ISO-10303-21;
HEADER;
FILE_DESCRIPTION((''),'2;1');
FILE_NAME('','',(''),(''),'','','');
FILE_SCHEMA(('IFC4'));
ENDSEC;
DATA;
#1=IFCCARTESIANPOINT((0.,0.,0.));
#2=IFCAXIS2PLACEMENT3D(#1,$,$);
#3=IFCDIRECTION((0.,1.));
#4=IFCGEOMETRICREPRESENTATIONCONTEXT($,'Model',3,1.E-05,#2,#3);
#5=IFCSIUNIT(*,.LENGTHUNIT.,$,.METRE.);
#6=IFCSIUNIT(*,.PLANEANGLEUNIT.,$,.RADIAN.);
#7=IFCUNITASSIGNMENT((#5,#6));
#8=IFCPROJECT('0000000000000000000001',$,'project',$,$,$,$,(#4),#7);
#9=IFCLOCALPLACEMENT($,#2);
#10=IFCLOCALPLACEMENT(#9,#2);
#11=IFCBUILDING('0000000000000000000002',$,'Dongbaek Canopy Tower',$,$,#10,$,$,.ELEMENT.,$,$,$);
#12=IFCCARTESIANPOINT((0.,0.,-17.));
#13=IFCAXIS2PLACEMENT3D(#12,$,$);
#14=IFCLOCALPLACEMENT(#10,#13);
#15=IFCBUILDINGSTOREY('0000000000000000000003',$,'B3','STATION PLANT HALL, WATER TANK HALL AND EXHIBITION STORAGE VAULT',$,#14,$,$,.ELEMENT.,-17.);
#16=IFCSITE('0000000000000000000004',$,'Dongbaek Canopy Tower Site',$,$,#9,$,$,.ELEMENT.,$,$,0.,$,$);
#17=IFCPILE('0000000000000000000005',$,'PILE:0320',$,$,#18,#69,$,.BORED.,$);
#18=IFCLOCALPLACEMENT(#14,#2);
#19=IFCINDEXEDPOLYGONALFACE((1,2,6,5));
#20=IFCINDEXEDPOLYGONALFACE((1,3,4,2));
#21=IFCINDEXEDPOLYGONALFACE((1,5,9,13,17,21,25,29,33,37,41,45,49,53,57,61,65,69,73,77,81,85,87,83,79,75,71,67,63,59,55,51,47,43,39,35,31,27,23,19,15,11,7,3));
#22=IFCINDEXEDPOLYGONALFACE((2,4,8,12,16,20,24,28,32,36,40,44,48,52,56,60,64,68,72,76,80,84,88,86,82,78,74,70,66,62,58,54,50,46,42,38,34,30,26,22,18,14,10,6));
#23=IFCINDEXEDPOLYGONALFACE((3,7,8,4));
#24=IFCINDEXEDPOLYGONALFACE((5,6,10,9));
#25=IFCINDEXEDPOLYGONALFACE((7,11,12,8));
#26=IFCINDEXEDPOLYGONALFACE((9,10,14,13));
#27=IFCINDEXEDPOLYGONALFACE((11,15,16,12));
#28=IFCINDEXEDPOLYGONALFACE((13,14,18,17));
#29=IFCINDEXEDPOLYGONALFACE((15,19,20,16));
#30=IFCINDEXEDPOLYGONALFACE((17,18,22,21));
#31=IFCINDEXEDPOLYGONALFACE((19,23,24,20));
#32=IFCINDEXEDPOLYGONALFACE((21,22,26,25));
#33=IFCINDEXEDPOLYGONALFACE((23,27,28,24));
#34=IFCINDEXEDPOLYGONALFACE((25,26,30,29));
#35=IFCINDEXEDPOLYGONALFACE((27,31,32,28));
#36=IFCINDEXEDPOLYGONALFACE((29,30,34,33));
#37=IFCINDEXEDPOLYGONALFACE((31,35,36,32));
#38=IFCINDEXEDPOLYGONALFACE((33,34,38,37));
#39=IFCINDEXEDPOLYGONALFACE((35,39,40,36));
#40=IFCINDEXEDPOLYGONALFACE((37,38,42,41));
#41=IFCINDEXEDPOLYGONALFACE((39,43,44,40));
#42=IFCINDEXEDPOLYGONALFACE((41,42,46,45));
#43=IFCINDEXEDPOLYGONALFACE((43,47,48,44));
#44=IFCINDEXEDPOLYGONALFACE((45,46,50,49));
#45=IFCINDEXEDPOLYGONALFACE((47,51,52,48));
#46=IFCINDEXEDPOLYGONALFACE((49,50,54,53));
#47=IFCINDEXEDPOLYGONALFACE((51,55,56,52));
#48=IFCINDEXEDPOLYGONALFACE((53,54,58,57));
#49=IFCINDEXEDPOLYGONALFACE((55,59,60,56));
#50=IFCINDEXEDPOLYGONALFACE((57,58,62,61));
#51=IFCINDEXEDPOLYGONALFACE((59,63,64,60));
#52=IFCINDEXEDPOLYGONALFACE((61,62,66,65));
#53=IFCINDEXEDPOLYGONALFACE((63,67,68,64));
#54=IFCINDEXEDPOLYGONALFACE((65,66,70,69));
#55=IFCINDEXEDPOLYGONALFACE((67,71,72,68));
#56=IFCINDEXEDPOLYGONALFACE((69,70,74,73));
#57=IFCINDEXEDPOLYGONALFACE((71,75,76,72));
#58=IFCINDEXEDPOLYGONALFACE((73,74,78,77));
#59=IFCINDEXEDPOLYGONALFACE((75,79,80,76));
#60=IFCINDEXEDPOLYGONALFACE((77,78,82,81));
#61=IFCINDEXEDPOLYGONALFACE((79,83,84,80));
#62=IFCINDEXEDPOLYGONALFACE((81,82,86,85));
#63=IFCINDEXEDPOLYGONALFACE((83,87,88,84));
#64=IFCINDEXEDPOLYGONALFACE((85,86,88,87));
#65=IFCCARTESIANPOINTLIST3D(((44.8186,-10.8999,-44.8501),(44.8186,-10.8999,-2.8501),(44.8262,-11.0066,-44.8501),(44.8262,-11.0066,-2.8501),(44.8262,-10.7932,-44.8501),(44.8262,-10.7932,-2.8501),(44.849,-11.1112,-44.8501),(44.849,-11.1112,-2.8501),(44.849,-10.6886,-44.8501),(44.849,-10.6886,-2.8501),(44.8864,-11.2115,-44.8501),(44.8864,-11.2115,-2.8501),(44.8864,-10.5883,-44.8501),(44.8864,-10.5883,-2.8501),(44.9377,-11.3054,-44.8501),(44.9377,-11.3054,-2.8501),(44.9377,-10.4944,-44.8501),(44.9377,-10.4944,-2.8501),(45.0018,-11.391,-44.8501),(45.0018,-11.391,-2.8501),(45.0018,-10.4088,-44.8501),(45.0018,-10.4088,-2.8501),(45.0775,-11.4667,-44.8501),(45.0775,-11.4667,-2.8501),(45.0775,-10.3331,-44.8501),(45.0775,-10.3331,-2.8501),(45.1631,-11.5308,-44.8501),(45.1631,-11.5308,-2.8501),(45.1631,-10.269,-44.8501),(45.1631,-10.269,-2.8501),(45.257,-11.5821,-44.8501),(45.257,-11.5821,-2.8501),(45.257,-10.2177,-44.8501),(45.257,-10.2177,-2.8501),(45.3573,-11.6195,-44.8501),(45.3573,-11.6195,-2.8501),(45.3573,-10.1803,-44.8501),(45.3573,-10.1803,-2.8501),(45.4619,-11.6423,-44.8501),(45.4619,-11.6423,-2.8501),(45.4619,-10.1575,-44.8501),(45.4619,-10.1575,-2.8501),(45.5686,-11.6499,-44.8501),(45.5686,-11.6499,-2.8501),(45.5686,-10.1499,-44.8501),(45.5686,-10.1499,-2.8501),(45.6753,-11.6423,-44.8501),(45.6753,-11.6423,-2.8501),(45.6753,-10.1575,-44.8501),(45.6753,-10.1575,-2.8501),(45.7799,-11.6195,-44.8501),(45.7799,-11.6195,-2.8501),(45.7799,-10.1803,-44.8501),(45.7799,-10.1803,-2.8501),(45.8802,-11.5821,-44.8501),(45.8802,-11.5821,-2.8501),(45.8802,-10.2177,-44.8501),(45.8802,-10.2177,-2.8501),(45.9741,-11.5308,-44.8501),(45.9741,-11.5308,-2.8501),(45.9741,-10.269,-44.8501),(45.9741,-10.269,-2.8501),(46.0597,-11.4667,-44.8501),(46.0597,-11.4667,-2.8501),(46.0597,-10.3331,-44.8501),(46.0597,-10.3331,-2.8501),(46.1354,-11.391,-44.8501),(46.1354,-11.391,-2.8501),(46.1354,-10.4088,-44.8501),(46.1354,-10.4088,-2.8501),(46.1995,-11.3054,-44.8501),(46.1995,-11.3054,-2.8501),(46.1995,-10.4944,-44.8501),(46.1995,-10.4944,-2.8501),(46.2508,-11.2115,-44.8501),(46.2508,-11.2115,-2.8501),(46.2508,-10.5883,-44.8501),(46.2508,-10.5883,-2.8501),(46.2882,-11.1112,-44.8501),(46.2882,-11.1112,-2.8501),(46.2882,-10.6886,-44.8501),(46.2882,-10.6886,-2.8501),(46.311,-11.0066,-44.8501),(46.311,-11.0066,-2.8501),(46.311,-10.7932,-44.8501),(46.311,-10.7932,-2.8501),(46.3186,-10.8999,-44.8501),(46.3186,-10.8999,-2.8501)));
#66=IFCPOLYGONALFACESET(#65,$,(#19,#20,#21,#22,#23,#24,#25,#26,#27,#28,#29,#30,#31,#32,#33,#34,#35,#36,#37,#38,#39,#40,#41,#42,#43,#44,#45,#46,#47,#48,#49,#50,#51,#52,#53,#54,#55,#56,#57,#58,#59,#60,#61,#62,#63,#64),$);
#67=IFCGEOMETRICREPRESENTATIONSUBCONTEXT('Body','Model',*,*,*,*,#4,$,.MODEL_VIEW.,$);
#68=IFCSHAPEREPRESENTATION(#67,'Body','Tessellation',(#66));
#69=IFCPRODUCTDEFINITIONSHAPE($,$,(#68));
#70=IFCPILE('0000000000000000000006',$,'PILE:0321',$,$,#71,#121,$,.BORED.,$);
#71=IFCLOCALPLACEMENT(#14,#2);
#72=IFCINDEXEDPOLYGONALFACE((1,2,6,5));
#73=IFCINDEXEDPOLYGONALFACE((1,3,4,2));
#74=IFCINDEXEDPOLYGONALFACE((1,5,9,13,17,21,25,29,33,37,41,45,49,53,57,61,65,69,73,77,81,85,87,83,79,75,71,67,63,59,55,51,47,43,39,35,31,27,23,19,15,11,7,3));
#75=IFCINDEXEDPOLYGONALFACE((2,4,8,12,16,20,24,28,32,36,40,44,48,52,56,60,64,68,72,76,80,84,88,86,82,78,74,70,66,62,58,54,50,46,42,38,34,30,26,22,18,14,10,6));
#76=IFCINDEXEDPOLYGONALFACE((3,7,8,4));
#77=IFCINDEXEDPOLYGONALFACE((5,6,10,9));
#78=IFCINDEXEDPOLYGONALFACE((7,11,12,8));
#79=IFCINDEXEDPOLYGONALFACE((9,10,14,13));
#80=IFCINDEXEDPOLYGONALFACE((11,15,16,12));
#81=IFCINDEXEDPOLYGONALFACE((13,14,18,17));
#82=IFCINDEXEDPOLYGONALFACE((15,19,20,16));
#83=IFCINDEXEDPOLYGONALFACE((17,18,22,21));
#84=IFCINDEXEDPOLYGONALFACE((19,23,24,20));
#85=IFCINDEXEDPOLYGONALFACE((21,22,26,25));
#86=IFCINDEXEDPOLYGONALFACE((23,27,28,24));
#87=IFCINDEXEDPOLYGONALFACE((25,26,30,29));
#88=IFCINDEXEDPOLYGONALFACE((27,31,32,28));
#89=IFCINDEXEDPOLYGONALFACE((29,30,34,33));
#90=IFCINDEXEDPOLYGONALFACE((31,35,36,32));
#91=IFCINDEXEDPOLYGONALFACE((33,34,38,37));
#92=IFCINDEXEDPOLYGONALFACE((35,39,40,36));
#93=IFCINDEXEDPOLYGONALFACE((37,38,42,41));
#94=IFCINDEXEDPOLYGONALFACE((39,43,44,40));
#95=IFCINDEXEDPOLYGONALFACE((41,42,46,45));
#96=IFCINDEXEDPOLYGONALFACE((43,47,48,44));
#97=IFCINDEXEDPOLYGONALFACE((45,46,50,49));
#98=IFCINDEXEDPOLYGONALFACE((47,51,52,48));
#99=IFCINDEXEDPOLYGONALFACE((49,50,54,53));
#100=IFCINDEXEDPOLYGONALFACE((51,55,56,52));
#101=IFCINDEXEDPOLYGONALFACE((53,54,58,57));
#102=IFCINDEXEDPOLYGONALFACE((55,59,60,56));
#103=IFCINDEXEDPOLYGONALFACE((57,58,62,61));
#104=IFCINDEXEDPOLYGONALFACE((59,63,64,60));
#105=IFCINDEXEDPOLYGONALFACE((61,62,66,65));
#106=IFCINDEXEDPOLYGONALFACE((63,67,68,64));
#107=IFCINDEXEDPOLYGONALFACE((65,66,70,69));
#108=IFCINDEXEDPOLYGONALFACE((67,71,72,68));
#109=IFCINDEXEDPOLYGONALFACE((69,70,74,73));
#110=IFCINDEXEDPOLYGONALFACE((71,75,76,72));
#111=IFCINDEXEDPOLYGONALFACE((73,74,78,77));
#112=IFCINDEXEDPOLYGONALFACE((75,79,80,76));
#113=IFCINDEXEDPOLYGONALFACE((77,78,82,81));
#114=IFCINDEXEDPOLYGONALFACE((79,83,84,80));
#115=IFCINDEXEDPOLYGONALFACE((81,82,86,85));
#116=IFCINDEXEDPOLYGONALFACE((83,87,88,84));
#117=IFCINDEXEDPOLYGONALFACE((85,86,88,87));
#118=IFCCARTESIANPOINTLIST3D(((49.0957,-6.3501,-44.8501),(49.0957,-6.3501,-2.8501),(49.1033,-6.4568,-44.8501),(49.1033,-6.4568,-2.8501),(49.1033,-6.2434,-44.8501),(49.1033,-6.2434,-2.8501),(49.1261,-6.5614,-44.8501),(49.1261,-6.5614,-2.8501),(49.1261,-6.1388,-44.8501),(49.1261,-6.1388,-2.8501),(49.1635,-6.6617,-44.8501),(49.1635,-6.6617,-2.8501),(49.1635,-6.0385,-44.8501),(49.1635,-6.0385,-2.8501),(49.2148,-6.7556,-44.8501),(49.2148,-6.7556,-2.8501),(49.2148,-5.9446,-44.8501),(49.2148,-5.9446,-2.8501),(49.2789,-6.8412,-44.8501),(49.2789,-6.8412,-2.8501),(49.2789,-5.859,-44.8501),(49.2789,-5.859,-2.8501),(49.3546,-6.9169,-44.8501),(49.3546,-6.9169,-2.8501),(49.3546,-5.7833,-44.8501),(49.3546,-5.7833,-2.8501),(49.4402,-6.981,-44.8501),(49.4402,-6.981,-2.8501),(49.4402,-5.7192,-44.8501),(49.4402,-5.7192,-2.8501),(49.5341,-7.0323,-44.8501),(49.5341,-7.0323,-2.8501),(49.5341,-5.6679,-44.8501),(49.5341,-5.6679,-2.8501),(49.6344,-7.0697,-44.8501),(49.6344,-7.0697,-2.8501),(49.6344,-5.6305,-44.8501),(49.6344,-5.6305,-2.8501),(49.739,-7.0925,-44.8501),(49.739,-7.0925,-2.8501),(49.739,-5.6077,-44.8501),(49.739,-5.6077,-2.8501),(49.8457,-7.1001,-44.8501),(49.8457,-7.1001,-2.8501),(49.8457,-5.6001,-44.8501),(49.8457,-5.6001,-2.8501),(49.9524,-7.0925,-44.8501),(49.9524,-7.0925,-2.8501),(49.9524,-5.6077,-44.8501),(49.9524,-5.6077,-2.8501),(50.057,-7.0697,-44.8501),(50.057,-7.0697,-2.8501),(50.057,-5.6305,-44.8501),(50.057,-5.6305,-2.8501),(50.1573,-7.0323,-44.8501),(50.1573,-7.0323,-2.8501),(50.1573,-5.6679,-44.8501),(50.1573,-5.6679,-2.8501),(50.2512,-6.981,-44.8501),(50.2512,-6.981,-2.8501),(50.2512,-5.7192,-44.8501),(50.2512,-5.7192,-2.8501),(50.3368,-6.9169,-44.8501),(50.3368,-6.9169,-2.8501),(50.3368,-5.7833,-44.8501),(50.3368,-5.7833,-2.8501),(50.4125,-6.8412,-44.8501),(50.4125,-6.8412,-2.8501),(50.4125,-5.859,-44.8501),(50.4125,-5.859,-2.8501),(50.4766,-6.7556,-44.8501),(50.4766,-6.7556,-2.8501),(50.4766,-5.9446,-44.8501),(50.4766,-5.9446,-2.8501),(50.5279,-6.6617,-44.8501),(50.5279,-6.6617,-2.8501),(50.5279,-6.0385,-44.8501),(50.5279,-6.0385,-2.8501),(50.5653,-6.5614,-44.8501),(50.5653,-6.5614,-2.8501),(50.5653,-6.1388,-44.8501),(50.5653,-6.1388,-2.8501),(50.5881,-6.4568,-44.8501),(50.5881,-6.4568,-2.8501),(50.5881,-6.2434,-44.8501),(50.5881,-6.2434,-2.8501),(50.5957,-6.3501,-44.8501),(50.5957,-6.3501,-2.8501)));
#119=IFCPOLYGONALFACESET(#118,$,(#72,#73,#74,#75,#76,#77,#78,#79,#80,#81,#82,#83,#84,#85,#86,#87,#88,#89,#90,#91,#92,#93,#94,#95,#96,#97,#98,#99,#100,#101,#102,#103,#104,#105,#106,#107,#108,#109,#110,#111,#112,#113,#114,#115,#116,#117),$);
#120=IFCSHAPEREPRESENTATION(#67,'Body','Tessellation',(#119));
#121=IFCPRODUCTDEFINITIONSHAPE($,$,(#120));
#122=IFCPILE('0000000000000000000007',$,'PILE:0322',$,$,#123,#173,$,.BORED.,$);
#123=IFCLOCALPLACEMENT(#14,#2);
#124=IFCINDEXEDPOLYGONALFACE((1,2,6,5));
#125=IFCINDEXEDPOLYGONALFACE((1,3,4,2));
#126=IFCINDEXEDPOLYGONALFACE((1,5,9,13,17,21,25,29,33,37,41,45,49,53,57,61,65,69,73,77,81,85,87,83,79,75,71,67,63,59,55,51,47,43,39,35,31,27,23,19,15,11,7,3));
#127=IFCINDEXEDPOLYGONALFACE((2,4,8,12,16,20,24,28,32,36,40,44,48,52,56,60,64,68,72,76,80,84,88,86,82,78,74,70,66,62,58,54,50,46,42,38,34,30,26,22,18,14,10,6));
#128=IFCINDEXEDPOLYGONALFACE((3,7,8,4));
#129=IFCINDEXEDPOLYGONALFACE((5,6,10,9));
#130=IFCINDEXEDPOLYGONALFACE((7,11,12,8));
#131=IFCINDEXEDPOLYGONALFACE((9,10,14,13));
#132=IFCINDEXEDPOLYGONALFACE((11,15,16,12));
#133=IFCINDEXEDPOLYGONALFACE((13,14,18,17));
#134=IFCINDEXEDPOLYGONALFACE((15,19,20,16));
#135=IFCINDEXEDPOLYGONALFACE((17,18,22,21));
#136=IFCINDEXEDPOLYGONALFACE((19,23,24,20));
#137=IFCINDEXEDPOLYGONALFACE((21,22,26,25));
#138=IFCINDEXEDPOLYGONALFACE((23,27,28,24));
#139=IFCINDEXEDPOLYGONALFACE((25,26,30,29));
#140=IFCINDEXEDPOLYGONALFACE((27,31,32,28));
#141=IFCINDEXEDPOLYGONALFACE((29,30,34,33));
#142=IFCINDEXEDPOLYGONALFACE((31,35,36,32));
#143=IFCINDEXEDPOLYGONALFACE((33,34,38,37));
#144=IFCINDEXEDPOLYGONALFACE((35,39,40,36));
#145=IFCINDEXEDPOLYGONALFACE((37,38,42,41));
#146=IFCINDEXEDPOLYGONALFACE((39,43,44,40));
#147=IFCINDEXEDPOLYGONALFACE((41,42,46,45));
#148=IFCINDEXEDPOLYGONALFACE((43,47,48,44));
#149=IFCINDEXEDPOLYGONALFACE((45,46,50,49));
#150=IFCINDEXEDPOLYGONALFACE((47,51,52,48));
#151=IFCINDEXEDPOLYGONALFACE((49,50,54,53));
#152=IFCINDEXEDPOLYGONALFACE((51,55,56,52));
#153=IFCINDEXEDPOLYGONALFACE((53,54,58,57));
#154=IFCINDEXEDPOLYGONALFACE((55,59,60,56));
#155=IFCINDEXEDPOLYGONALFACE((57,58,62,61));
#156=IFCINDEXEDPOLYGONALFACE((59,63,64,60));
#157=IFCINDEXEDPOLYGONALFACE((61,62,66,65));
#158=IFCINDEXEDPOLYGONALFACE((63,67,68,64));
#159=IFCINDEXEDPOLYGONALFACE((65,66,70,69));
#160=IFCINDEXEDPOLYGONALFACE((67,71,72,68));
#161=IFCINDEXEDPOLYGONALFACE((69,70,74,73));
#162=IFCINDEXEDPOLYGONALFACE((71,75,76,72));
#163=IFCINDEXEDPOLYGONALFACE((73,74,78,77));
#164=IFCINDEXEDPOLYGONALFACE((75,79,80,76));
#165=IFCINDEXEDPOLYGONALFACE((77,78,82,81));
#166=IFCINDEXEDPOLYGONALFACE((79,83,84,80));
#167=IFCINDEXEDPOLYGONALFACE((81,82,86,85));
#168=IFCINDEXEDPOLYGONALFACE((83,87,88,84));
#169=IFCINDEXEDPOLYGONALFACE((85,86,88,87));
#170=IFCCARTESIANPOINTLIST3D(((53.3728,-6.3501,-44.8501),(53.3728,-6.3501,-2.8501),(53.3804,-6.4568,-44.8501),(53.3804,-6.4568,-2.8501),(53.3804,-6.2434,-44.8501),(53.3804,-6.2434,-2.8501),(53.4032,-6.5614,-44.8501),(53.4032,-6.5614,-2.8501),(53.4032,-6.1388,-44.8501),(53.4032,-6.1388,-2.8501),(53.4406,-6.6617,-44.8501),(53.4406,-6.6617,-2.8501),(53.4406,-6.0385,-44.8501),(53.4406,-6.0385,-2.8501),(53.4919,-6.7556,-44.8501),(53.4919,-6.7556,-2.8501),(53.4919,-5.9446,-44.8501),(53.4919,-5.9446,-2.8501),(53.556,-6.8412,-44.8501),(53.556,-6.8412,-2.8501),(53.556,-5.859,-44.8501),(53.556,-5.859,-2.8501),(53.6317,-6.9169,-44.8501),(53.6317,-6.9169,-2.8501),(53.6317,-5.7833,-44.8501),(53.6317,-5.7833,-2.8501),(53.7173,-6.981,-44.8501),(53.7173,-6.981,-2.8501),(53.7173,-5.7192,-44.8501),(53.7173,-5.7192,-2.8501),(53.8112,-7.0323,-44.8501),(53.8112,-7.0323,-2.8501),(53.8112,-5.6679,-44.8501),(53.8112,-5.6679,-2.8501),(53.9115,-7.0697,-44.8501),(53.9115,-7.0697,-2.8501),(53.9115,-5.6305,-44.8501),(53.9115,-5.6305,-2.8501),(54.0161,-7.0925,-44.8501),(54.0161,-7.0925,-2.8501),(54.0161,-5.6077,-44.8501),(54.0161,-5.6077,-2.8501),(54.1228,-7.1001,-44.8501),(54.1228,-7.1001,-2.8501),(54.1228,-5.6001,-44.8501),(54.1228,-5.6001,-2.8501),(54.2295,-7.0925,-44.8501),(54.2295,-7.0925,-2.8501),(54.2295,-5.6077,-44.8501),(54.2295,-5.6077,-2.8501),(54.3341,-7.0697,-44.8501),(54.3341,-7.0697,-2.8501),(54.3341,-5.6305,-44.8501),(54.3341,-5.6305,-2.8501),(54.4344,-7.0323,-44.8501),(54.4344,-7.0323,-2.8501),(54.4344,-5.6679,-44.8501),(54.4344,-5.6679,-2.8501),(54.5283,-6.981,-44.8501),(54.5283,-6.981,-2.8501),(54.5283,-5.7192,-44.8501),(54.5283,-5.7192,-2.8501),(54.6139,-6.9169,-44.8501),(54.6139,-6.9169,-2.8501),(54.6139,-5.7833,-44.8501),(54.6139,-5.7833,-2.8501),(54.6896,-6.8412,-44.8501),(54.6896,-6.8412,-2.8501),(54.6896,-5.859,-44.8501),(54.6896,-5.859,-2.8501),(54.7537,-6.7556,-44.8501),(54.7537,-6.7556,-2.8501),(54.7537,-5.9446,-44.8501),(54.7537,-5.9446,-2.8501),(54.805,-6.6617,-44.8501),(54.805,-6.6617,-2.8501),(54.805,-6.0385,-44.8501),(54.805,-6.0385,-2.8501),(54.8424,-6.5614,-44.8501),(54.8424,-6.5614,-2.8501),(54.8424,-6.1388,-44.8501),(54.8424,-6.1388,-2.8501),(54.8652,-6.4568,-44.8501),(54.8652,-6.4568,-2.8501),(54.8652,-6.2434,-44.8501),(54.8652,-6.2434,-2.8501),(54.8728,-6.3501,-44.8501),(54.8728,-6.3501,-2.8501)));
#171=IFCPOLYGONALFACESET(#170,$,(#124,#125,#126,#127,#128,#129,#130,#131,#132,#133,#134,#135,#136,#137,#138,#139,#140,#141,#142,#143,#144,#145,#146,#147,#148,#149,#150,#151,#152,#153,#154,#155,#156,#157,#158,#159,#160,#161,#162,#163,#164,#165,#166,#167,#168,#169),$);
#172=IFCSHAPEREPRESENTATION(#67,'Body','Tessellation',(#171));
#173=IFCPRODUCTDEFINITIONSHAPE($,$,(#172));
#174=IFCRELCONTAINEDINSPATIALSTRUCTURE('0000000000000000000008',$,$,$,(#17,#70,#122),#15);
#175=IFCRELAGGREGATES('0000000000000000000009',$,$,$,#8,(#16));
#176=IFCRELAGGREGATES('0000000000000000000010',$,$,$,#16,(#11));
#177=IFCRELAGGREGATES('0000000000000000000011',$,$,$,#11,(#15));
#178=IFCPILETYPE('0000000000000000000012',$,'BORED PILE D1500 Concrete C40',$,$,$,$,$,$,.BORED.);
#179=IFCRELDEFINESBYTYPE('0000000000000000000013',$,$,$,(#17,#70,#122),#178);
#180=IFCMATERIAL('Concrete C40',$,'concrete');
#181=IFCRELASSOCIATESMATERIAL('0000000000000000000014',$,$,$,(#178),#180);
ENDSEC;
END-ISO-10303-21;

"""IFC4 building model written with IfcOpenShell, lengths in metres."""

from ifc_helpers import new_model, si_unit, direction, frame, origin, origin_2d, place, context, subcontext, project, spatial, circle, extrude, material, material_profile, profile_set, type_object, element, save


model = new_model("IFC4")

# Units and contexts
model_context = context("Model", 3, precision=1e-05, world=origin(), true_north=direction((0.0, 1.0)))
body_context = subcontext(model_context, "Body", "Model", "MODEL_VIEW")
ifc_project = project(units=[si_unit("LENGTHUNIT", "METRE"), si_unit("PLANEANGLEUNIT", "RADIAN")], contexts=[model_context])

# Site, building, storey
site_placement = place(None, origin())
site = spatial("IfcSite", under=ifc_project, at=site_placement, Name="Dongbaek Canopy Tower Site", CompositionType="ELEMENT", RefElevation=0.0)
building_placement = place(site_placement, origin())
building = spatial("IfcBuilding", under=site, at=building_placement, Name="Dongbaek Canopy Tower", CompositionType="ELEMENT")
storey_placement = place(building_placement, frame((0.0, 0.0, -17.0)))
storey = spatial("IfcBuildingStorey", under=building, at=storey_placement, Name="B3", Description="STATION PLANT HALL, WATER TANK HALL AND EXHIBITION STORAGE VAULT", CompositionType="ELEMENT", Elevation=-17.0)

# Piles
ifc_material_1 = material(Name="Concrete C40", Category="concrete")
ifc_material_profile_1 = material_profile(ifc_material_1, circle(Radius=0.75, at=origin_2d()), Name="BORED PILE D1500 Concrete C40")
ifc_profile_set_1 = profile_set([ifc_material_profile_1], Name="Concrete C40")
pile_type = type_object("IfcPileType", Name="BORED PILE D1500 Concrete C40", PredefinedType="BORED", material=ifc_profile_set_1)
for number, where, z_axis, x_axis, name in (
    (1, (45.5686, -10.8999, -2.8501), (0.0, 0.0, -1.0), (1.0, 0.0, 0.0), "PILE:0320"),
    (2, (49.8457, -6.3501, -2.8501), (0.0, 0.0, -1.0), (1.0, 0.0, 0.0), "PILE:0321"),
    (3, (54.1228, -6.3501, -2.8501), (0.0, 0.0, -1.0), (1.0, 0.0, 0.0), "PILE:0322"),
):
    element("IfcPile", number, at=place(storey_placement, frame(where, z_axis=z_axis, x_axis=x_axis)), inside=storey, type_object=pile_type, Name=name, PredefinedType="BORED", context=body_context, shape_type="SweptSolid", body=[
        extrude(circle(Radius=0.75, at=origin_2d()), origin(), (0.0, 0.0, 1.0), 42.0),
    ])

save(model, "model.ifc")
